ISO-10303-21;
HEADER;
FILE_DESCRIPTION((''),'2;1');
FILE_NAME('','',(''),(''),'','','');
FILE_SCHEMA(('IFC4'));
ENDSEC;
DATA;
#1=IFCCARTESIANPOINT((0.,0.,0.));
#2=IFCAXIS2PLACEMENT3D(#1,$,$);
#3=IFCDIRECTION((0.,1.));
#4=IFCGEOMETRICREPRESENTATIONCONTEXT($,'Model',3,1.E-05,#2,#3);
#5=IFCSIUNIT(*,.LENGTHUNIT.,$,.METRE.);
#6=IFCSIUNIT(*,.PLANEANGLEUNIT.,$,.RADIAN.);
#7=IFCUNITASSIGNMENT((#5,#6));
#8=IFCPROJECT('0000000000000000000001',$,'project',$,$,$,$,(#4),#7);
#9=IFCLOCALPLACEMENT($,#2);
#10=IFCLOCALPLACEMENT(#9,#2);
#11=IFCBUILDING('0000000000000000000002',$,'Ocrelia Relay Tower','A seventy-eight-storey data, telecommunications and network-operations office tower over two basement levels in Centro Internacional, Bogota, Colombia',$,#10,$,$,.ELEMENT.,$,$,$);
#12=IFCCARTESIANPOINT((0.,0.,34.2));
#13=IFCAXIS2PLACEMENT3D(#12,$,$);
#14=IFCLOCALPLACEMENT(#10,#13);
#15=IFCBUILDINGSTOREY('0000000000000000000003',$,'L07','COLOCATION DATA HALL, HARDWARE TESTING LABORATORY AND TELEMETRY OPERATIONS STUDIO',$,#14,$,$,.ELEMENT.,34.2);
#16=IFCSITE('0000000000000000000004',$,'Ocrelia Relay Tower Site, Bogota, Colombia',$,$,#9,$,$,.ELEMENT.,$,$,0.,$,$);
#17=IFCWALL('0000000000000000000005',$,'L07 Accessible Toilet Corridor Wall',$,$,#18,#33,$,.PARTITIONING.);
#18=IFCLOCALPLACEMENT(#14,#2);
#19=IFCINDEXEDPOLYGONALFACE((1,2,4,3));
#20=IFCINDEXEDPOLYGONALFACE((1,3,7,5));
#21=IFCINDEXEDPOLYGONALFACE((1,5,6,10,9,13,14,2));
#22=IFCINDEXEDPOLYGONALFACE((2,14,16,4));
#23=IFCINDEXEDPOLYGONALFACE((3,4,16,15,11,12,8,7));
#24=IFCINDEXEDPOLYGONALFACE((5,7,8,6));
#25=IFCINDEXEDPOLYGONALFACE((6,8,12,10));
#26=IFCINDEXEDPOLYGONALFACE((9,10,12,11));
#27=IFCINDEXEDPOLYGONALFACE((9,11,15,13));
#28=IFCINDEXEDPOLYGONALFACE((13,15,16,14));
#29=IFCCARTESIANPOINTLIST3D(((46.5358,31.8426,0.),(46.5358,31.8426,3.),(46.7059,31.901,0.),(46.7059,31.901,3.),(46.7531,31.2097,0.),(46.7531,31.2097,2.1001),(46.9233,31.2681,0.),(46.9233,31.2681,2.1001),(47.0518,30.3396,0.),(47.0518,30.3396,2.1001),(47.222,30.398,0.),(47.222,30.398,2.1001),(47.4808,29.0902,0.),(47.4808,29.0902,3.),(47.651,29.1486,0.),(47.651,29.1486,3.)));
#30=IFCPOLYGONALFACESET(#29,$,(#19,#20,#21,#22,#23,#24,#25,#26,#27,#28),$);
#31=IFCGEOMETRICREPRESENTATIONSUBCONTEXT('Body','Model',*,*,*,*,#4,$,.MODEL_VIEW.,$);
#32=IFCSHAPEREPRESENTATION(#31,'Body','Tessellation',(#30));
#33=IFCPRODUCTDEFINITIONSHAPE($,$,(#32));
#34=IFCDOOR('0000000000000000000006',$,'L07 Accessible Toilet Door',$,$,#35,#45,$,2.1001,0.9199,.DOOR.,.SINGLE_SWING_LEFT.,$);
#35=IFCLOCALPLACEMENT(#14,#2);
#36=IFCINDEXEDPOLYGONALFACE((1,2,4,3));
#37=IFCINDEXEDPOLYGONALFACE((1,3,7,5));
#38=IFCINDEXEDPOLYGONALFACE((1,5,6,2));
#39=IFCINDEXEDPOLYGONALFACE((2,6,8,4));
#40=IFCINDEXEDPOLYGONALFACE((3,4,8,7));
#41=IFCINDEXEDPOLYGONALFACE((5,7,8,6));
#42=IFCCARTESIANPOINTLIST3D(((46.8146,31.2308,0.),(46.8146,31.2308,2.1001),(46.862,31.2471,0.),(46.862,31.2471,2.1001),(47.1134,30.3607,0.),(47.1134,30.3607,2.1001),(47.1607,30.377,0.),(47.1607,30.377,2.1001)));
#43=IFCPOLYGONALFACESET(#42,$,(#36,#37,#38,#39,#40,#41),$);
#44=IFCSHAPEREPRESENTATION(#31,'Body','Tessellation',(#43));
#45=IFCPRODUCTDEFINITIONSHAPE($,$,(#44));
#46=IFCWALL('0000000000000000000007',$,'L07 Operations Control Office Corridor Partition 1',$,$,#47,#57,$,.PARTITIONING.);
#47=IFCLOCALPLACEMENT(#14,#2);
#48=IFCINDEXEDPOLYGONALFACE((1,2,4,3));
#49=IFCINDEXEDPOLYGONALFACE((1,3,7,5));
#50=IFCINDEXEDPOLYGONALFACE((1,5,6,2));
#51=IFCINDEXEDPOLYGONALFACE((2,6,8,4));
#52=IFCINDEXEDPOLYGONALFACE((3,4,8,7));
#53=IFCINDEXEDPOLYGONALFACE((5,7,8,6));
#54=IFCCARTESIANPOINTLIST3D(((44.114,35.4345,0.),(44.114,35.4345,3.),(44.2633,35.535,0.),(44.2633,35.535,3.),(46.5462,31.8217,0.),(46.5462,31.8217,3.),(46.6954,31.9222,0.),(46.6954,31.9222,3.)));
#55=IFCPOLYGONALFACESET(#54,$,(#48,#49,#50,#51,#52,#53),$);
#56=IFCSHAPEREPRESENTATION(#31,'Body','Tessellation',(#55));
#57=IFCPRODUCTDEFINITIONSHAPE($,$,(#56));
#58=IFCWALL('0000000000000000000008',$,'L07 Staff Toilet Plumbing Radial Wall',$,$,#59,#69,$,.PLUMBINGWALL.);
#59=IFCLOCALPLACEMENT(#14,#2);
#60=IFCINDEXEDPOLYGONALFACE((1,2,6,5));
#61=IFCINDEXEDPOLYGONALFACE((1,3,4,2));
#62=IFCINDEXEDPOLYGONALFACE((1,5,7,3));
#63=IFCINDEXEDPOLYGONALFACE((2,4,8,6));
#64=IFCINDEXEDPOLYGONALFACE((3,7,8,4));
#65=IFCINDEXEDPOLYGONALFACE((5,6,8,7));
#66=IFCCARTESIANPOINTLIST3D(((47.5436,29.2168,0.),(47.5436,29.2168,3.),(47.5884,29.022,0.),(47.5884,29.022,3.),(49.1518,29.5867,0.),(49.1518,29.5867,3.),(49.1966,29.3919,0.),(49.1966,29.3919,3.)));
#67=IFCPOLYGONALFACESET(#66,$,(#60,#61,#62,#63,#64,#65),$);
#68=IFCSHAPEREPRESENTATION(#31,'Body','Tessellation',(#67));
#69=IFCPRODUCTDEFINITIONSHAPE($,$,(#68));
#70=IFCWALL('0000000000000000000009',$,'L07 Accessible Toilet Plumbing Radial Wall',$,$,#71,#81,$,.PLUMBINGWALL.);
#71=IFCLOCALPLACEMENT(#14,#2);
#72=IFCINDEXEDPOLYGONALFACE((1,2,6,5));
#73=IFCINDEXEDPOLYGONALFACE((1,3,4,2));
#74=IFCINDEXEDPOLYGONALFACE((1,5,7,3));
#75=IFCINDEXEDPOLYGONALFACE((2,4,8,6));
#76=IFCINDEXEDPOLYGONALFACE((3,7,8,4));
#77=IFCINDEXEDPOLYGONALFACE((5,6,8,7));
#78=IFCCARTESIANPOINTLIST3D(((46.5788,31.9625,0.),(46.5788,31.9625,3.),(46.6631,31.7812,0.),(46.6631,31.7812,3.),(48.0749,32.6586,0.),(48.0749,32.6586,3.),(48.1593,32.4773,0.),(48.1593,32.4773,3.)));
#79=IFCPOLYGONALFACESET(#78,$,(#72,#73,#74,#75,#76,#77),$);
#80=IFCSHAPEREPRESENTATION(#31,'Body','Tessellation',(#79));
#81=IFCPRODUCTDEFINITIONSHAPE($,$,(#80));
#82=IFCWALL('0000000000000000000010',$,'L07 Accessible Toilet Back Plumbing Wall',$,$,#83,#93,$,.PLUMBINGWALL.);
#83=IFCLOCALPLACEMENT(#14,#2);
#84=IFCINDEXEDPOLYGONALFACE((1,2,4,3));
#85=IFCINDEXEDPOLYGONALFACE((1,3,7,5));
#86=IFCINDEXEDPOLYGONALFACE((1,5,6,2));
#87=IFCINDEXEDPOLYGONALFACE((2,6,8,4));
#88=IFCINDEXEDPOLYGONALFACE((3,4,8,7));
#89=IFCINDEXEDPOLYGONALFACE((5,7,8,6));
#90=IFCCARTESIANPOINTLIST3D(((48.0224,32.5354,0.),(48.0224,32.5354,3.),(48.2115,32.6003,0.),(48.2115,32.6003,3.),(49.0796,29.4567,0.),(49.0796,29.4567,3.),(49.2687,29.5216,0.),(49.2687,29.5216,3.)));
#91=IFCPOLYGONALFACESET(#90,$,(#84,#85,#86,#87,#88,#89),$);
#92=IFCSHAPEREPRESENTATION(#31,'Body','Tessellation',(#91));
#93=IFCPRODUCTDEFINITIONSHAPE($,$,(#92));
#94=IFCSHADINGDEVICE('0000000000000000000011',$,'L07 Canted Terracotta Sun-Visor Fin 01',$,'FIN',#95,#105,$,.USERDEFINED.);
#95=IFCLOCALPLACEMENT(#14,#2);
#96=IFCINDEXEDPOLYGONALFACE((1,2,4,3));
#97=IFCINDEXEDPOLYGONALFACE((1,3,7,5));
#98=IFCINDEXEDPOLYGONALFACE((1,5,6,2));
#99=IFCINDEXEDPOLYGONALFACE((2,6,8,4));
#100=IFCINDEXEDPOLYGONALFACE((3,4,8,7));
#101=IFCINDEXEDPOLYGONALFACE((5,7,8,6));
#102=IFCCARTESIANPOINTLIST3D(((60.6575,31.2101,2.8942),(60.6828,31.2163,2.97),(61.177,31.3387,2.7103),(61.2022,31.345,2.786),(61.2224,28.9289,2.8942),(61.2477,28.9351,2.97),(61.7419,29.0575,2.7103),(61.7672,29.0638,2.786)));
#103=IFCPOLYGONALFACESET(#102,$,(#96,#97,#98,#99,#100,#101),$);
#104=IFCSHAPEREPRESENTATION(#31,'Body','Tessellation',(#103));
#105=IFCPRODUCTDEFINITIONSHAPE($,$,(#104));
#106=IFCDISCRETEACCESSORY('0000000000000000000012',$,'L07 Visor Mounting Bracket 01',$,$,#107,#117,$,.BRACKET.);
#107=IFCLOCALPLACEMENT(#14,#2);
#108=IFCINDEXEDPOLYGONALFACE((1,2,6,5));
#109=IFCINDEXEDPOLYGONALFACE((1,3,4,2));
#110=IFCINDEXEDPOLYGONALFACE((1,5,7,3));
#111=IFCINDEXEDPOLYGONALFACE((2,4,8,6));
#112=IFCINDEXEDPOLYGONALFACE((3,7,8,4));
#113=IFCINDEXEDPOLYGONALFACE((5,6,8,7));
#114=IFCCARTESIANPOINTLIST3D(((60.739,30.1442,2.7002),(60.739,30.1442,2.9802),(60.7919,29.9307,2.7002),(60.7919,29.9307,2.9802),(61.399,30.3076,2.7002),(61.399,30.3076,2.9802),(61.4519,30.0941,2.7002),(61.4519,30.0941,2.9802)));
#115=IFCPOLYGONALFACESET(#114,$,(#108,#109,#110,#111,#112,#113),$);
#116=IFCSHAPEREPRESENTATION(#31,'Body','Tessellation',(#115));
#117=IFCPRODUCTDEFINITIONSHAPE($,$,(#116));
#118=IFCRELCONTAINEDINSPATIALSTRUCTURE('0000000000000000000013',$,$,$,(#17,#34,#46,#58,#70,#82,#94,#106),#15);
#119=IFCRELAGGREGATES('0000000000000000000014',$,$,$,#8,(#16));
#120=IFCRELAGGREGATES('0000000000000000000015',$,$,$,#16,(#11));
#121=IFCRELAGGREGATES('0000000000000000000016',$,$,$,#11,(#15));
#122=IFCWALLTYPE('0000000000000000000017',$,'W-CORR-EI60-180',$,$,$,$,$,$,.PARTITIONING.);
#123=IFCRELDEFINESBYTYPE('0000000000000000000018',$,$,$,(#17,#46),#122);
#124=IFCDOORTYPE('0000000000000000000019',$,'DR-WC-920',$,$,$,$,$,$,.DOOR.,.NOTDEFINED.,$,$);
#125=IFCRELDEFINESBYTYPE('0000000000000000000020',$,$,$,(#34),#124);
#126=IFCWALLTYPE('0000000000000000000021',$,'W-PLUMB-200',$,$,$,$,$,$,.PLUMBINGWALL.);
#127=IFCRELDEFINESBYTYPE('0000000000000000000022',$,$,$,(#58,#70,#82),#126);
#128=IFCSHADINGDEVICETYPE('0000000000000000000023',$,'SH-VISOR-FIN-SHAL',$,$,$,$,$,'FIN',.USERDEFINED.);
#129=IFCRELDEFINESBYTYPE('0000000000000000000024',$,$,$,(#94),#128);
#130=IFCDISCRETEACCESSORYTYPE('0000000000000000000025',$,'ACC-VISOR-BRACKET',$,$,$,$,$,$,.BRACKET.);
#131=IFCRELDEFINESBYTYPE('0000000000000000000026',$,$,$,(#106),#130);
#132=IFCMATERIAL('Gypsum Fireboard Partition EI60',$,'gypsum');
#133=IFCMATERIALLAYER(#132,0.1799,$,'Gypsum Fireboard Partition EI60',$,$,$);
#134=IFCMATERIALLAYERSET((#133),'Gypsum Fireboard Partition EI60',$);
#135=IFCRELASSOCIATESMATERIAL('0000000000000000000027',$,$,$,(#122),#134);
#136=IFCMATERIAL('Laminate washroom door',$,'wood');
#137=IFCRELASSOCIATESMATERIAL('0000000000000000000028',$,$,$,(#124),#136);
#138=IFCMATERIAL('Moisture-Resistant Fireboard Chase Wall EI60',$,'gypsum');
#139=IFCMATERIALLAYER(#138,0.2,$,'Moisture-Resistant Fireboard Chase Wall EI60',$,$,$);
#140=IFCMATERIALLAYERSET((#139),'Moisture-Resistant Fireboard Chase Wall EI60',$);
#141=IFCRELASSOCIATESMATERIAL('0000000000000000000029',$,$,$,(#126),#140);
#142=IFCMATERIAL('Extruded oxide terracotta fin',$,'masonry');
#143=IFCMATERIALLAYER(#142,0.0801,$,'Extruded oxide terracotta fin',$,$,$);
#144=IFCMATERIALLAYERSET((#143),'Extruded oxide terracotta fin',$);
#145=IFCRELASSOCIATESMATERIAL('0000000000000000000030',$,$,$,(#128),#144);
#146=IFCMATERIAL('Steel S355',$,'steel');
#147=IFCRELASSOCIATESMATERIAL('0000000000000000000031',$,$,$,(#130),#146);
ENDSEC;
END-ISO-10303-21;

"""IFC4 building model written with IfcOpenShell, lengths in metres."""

from ifc_helpers import new_model, si_unit, direction, frame, frame_2d, origin, origin_2d, place, context, subcontext, project, spatial, rectangle, extrude, material, layer, layer_set, type_object, element, fill, save


model = new_model("IFC4")

# Units and contexts
model_context = context("Model", 3, precision=1e-05, world=origin(), true_north=direction((0.0, 1.0)))
body_context = subcontext(model_context, "Body", "Model", "MODEL_VIEW")
ifc_project = project(units=[si_unit("LENGTHUNIT", "METRE"), si_unit("PLANEANGLEUNIT", "RADIAN")], contexts=[model_context])

# Site, building, storey
site_placement = place(None, origin())
site = spatial("IfcSite", under=ifc_project, at=site_placement, Name="Ocrelia Relay Tower Site, Bogota, Colombia", CompositionType="ELEMENT", RefElevation=0.0)
building_placement = place(site_placement, origin())
building = spatial("IfcBuilding", under=site, at=building_placement, Name="Ocrelia Relay Tower", Description="A seventy-eight-storey data, telecommunications and network-operations office tower over two basement levels in Centro Internacional, Bogota, Colombia", CompositionType="ELEMENT")
storey_placement = place(building_placement, frame((0.0, 0.0, 34.2)))
storey = spatial("IfcBuildingStorey", under=building, at=storey_placement, Name="L07", Description="COLOCATION DATA HALL, HARDWARE TESTING LABORATORY AND TELEMETRY OPERATIONS STUDIO", CompositionType="ELEMENT", Elevation=34.2)

# Shared definitions
ifc_material_1 = material(Name="Steel S355", Category="steel")

# Wall, opening, door
ifc_material_2 = material(Name="Gypsum Fireboard Partition EI60", Category="gypsum")
ifc_layer_1 = layer(ifc_material_2, 0.1799, Name="Gypsum Fireboard Partition EI60")
ifc_layer_set_1 = layer_set([ifc_layer_1], Name="Gypsum Fireboard Partition EI60")
wall_type_1 = type_object("IfcWallType", Name="W-CORR-EI60-180", PredefinedType="PARTITIONING", material=ifc_layer_set_1)
wall_1_placement = place(storey_placement, frame((47.5659, 29.1194, 0.0), z_axis=(0.0, 0.0, 1.0), x_axis=(-0.324747, 0.945801, 0.0)))
wall_1 = element("IfcWall", 1, at=wall_1_placement, inside=storey, type_object=wall_type_1, Name="L07 Accessible Toilet Corridor Wall", PredefinedType="PARTITIONING", context=body_context, shape_type="SweptSolid", body=[
    extrude(rectangle(XDim=2.9102, YDim=0.1799, at=frame_2d((1.4551, 0.0))), origin(), (0.0, 0.0, 1.0), 3.0),
])
opening_placement = place(wall_1_placement, frame((1.321, 0.0, 0.0)))
opening = element("IfcOpeningElement", 2, at=opening_placement, cuts=wall_1, PredefinedType="OPENING", context=body_context, shape_type="SweptSolid", body=[
    extrude(rectangle(XDim=0.9199, YDim=2.1001, at=frame_2d((0.46, 1.05))), frame((0.0, 0.1001, 0.0), z_axis=(0.0, -1.0, 0.0), x_axis=(1.0, 0.0, 0.0)), (0.0, 0.0, 1.0), 0.2),
])
ifc_material_3 = material(Name="Laminate washroom door", Category="wood")
door_type = type_object("IfcDoorType", Name="DR-WC-920", OperationType="NOTDEFINED", PredefinedType="DOOR", material=ifc_material_3)
door_placement = place(opening_placement, origin())
door = element("IfcDoor", 3, at=door_placement, inside=storey, type_object=door_type, Name="L07 Accessible Toilet Door", OperationType="SINGLE_SWING_LEFT", OverallHeight=2.1001, OverallWidth=0.9199, PredefinedType="DOOR", context=body_context, shape_type="SweptSolid", body=[
    extrude(rectangle(XDim=0.9199, YDim=2.1001, at=frame_2d((0.46, 1.05))), frame((0.0, 0.0249, 0.0), z_axis=(0.0, -1.0, 0.0), x_axis=(1.0, 0.0, 0.0)), (0.0, 0.0, 1.0), 0.05),
])
fill(opening, door)

# Walls
wall_2_placement = place(storey_placement, frame((46.6208, 31.8718, 0.0), z_axis=(0.0, 0.0, 1.0), x_axis=(-0.558446, 0.829541, 0.0)))
element("IfcWall", 4, at=wall_2_placement, inside=storey, type_object=wall_type_1, Name="L07 Operations Control Office Corridor Partition 1", PredefinedType="PARTITIONING", context=body_context, shape_type="SweptSolid", body=[
    extrude(rectangle(XDim=4.3552, YDim=0.1799, at=frame_2d((2.1777, 0.0))), origin(), (0.0, 0.0, 1.0), 3.0),
])
ifc_material_4 = material(Name="Moisture-Resistant Fireboard Chase Wall EI60", Category="gypsum")
ifc_layer_2 = layer(ifc_material_4, 0.2, Name="Moisture-Resistant Fireboard Chase Wall EI60")
ifc_layer_set_2 = layer_set([ifc_layer_2], Name="Moisture-Resistant Fireboard Chase Wall EI60")
wall_type_2 = type_object("IfcWallType", Name="W-PLUMB-200", PredefinedType="PLUMBINGWALL", material=ifc_layer_set_2)
for number, where, z_axis, x_axis, name in (
    (5, (47.5659, 29.1194, 0.0), (0.0, 0.0, 1.0), (0.974556, 0.224146, 0.0), "L07 Staff Toilet Plumbing Radial Wall"),
    (6, (46.6208, 31.8718, 0.0), (0.0, 0.0, 1.0), (0.906678, 0.421824, 0.0), "L07 Accessible Toilet Plumbing Radial Wall"),
):
    element("IfcWall", number, at=place(storey_placement, frame(where, z_axis=z_axis, x_axis=x_axis)), inside=storey, type_object=wall_type_2, Name=name, PredefinedType="PLUMBINGWALL", context=body_context, shape_type="SweptSolid", body=[
        extrude(rectangle(XDim=1.6501, YDim=0.2, at=frame_2d((0.8252, 0.0))), origin(), (0.0, 0.0, 1.0), 3.0),
    ])
wall_3_placement = place(storey_placement, frame((49.1741, 29.4893, 0.0), z_axis=(0.0, 0.0, 1.0), x_axis=(-0.324765, 0.945795, 0.0)))
element("IfcWall", 7, at=wall_3_placement, inside=storey, type_object=wall_type_2, Name="L07 Accessible Toilet Back Plumbing Wall", PredefinedType="PLUMBINGWALL", context=body_context, shape_type="SweptSolid", body=[
    extrude(rectangle(XDim=3.2551, YDim=0.2, at=frame_2d((1.6274, 0.0))), origin(), (0.0, 0.0, 1.0), 3.0),
])

# Shading device
ifc_material_5 = material(Name="Extruded oxide terracotta fin", Category="masonry")
ifc_layer_3 = layer(ifc_material_5, 0.0801, Name="Extruded oxide terracotta fin")
ifc_layer_set_3 = layer_set([ifc_layer_3], Name="Extruded oxide terracotta fin")
shading_device_type = type_object("IfcShadingDeviceType", Name="SH-VISOR-FIN-SHAL", ElementType="FIN", PredefinedType="USERDEFINED", material=ifc_layer_set_3)
shading_device_placement = place(storey_placement, frame((61.1997, 30.1338, 2.8022), z_axis=(0.31554, 0.078147, 0.945689), x_axis=(-0.240398, 0.970674, 0.0)))
element("IfcShadingDevice", 8, at=shading_device_placement, inside=storey, type_object=shading_device_type, Name="L07 Canted Terracotta Sun-Visor Fin 01", ObjectType="FIN", PredefinedType="USERDEFINED", context=body_context, shape_type="SweptSolid", body=[
    extrude(rectangle(XDim=2.3501, YDim=0.5659, at=origin_2d()), origin(), (0.0, 0.0, 1.0), 0.0801),
])

# Discrete accessory
discrete_accessory_type = type_object("IfcDiscreteAccessoryType", Name="ACC-VISOR-BRACKET", PredefinedType="BRACKET", material=ifc_material_1)
discrete_accessory_placement = place(storey_placement, frame((61.0955, 30.1191, 2.7002), z_axis=(0.0, 0.0, 1.0), x_axis=(-0.240398, 0.970674, 0.0)))
element("IfcDiscreteAccessory", 9, at=discrete_accessory_placement, inside=storey, type_object=discrete_accessory_type, Name="L07 Visor Mounting Bracket 01", PredefinedType="BRACKET", context=body_context, shape_type="SweptSolid", body=[
    extrude(rectangle(XDim=0.22, YDim=0.6799, at=origin_2d()), origin(), (0.0, 0.0, 1.0), 0.28),
])

save(model, "model.ifc")
